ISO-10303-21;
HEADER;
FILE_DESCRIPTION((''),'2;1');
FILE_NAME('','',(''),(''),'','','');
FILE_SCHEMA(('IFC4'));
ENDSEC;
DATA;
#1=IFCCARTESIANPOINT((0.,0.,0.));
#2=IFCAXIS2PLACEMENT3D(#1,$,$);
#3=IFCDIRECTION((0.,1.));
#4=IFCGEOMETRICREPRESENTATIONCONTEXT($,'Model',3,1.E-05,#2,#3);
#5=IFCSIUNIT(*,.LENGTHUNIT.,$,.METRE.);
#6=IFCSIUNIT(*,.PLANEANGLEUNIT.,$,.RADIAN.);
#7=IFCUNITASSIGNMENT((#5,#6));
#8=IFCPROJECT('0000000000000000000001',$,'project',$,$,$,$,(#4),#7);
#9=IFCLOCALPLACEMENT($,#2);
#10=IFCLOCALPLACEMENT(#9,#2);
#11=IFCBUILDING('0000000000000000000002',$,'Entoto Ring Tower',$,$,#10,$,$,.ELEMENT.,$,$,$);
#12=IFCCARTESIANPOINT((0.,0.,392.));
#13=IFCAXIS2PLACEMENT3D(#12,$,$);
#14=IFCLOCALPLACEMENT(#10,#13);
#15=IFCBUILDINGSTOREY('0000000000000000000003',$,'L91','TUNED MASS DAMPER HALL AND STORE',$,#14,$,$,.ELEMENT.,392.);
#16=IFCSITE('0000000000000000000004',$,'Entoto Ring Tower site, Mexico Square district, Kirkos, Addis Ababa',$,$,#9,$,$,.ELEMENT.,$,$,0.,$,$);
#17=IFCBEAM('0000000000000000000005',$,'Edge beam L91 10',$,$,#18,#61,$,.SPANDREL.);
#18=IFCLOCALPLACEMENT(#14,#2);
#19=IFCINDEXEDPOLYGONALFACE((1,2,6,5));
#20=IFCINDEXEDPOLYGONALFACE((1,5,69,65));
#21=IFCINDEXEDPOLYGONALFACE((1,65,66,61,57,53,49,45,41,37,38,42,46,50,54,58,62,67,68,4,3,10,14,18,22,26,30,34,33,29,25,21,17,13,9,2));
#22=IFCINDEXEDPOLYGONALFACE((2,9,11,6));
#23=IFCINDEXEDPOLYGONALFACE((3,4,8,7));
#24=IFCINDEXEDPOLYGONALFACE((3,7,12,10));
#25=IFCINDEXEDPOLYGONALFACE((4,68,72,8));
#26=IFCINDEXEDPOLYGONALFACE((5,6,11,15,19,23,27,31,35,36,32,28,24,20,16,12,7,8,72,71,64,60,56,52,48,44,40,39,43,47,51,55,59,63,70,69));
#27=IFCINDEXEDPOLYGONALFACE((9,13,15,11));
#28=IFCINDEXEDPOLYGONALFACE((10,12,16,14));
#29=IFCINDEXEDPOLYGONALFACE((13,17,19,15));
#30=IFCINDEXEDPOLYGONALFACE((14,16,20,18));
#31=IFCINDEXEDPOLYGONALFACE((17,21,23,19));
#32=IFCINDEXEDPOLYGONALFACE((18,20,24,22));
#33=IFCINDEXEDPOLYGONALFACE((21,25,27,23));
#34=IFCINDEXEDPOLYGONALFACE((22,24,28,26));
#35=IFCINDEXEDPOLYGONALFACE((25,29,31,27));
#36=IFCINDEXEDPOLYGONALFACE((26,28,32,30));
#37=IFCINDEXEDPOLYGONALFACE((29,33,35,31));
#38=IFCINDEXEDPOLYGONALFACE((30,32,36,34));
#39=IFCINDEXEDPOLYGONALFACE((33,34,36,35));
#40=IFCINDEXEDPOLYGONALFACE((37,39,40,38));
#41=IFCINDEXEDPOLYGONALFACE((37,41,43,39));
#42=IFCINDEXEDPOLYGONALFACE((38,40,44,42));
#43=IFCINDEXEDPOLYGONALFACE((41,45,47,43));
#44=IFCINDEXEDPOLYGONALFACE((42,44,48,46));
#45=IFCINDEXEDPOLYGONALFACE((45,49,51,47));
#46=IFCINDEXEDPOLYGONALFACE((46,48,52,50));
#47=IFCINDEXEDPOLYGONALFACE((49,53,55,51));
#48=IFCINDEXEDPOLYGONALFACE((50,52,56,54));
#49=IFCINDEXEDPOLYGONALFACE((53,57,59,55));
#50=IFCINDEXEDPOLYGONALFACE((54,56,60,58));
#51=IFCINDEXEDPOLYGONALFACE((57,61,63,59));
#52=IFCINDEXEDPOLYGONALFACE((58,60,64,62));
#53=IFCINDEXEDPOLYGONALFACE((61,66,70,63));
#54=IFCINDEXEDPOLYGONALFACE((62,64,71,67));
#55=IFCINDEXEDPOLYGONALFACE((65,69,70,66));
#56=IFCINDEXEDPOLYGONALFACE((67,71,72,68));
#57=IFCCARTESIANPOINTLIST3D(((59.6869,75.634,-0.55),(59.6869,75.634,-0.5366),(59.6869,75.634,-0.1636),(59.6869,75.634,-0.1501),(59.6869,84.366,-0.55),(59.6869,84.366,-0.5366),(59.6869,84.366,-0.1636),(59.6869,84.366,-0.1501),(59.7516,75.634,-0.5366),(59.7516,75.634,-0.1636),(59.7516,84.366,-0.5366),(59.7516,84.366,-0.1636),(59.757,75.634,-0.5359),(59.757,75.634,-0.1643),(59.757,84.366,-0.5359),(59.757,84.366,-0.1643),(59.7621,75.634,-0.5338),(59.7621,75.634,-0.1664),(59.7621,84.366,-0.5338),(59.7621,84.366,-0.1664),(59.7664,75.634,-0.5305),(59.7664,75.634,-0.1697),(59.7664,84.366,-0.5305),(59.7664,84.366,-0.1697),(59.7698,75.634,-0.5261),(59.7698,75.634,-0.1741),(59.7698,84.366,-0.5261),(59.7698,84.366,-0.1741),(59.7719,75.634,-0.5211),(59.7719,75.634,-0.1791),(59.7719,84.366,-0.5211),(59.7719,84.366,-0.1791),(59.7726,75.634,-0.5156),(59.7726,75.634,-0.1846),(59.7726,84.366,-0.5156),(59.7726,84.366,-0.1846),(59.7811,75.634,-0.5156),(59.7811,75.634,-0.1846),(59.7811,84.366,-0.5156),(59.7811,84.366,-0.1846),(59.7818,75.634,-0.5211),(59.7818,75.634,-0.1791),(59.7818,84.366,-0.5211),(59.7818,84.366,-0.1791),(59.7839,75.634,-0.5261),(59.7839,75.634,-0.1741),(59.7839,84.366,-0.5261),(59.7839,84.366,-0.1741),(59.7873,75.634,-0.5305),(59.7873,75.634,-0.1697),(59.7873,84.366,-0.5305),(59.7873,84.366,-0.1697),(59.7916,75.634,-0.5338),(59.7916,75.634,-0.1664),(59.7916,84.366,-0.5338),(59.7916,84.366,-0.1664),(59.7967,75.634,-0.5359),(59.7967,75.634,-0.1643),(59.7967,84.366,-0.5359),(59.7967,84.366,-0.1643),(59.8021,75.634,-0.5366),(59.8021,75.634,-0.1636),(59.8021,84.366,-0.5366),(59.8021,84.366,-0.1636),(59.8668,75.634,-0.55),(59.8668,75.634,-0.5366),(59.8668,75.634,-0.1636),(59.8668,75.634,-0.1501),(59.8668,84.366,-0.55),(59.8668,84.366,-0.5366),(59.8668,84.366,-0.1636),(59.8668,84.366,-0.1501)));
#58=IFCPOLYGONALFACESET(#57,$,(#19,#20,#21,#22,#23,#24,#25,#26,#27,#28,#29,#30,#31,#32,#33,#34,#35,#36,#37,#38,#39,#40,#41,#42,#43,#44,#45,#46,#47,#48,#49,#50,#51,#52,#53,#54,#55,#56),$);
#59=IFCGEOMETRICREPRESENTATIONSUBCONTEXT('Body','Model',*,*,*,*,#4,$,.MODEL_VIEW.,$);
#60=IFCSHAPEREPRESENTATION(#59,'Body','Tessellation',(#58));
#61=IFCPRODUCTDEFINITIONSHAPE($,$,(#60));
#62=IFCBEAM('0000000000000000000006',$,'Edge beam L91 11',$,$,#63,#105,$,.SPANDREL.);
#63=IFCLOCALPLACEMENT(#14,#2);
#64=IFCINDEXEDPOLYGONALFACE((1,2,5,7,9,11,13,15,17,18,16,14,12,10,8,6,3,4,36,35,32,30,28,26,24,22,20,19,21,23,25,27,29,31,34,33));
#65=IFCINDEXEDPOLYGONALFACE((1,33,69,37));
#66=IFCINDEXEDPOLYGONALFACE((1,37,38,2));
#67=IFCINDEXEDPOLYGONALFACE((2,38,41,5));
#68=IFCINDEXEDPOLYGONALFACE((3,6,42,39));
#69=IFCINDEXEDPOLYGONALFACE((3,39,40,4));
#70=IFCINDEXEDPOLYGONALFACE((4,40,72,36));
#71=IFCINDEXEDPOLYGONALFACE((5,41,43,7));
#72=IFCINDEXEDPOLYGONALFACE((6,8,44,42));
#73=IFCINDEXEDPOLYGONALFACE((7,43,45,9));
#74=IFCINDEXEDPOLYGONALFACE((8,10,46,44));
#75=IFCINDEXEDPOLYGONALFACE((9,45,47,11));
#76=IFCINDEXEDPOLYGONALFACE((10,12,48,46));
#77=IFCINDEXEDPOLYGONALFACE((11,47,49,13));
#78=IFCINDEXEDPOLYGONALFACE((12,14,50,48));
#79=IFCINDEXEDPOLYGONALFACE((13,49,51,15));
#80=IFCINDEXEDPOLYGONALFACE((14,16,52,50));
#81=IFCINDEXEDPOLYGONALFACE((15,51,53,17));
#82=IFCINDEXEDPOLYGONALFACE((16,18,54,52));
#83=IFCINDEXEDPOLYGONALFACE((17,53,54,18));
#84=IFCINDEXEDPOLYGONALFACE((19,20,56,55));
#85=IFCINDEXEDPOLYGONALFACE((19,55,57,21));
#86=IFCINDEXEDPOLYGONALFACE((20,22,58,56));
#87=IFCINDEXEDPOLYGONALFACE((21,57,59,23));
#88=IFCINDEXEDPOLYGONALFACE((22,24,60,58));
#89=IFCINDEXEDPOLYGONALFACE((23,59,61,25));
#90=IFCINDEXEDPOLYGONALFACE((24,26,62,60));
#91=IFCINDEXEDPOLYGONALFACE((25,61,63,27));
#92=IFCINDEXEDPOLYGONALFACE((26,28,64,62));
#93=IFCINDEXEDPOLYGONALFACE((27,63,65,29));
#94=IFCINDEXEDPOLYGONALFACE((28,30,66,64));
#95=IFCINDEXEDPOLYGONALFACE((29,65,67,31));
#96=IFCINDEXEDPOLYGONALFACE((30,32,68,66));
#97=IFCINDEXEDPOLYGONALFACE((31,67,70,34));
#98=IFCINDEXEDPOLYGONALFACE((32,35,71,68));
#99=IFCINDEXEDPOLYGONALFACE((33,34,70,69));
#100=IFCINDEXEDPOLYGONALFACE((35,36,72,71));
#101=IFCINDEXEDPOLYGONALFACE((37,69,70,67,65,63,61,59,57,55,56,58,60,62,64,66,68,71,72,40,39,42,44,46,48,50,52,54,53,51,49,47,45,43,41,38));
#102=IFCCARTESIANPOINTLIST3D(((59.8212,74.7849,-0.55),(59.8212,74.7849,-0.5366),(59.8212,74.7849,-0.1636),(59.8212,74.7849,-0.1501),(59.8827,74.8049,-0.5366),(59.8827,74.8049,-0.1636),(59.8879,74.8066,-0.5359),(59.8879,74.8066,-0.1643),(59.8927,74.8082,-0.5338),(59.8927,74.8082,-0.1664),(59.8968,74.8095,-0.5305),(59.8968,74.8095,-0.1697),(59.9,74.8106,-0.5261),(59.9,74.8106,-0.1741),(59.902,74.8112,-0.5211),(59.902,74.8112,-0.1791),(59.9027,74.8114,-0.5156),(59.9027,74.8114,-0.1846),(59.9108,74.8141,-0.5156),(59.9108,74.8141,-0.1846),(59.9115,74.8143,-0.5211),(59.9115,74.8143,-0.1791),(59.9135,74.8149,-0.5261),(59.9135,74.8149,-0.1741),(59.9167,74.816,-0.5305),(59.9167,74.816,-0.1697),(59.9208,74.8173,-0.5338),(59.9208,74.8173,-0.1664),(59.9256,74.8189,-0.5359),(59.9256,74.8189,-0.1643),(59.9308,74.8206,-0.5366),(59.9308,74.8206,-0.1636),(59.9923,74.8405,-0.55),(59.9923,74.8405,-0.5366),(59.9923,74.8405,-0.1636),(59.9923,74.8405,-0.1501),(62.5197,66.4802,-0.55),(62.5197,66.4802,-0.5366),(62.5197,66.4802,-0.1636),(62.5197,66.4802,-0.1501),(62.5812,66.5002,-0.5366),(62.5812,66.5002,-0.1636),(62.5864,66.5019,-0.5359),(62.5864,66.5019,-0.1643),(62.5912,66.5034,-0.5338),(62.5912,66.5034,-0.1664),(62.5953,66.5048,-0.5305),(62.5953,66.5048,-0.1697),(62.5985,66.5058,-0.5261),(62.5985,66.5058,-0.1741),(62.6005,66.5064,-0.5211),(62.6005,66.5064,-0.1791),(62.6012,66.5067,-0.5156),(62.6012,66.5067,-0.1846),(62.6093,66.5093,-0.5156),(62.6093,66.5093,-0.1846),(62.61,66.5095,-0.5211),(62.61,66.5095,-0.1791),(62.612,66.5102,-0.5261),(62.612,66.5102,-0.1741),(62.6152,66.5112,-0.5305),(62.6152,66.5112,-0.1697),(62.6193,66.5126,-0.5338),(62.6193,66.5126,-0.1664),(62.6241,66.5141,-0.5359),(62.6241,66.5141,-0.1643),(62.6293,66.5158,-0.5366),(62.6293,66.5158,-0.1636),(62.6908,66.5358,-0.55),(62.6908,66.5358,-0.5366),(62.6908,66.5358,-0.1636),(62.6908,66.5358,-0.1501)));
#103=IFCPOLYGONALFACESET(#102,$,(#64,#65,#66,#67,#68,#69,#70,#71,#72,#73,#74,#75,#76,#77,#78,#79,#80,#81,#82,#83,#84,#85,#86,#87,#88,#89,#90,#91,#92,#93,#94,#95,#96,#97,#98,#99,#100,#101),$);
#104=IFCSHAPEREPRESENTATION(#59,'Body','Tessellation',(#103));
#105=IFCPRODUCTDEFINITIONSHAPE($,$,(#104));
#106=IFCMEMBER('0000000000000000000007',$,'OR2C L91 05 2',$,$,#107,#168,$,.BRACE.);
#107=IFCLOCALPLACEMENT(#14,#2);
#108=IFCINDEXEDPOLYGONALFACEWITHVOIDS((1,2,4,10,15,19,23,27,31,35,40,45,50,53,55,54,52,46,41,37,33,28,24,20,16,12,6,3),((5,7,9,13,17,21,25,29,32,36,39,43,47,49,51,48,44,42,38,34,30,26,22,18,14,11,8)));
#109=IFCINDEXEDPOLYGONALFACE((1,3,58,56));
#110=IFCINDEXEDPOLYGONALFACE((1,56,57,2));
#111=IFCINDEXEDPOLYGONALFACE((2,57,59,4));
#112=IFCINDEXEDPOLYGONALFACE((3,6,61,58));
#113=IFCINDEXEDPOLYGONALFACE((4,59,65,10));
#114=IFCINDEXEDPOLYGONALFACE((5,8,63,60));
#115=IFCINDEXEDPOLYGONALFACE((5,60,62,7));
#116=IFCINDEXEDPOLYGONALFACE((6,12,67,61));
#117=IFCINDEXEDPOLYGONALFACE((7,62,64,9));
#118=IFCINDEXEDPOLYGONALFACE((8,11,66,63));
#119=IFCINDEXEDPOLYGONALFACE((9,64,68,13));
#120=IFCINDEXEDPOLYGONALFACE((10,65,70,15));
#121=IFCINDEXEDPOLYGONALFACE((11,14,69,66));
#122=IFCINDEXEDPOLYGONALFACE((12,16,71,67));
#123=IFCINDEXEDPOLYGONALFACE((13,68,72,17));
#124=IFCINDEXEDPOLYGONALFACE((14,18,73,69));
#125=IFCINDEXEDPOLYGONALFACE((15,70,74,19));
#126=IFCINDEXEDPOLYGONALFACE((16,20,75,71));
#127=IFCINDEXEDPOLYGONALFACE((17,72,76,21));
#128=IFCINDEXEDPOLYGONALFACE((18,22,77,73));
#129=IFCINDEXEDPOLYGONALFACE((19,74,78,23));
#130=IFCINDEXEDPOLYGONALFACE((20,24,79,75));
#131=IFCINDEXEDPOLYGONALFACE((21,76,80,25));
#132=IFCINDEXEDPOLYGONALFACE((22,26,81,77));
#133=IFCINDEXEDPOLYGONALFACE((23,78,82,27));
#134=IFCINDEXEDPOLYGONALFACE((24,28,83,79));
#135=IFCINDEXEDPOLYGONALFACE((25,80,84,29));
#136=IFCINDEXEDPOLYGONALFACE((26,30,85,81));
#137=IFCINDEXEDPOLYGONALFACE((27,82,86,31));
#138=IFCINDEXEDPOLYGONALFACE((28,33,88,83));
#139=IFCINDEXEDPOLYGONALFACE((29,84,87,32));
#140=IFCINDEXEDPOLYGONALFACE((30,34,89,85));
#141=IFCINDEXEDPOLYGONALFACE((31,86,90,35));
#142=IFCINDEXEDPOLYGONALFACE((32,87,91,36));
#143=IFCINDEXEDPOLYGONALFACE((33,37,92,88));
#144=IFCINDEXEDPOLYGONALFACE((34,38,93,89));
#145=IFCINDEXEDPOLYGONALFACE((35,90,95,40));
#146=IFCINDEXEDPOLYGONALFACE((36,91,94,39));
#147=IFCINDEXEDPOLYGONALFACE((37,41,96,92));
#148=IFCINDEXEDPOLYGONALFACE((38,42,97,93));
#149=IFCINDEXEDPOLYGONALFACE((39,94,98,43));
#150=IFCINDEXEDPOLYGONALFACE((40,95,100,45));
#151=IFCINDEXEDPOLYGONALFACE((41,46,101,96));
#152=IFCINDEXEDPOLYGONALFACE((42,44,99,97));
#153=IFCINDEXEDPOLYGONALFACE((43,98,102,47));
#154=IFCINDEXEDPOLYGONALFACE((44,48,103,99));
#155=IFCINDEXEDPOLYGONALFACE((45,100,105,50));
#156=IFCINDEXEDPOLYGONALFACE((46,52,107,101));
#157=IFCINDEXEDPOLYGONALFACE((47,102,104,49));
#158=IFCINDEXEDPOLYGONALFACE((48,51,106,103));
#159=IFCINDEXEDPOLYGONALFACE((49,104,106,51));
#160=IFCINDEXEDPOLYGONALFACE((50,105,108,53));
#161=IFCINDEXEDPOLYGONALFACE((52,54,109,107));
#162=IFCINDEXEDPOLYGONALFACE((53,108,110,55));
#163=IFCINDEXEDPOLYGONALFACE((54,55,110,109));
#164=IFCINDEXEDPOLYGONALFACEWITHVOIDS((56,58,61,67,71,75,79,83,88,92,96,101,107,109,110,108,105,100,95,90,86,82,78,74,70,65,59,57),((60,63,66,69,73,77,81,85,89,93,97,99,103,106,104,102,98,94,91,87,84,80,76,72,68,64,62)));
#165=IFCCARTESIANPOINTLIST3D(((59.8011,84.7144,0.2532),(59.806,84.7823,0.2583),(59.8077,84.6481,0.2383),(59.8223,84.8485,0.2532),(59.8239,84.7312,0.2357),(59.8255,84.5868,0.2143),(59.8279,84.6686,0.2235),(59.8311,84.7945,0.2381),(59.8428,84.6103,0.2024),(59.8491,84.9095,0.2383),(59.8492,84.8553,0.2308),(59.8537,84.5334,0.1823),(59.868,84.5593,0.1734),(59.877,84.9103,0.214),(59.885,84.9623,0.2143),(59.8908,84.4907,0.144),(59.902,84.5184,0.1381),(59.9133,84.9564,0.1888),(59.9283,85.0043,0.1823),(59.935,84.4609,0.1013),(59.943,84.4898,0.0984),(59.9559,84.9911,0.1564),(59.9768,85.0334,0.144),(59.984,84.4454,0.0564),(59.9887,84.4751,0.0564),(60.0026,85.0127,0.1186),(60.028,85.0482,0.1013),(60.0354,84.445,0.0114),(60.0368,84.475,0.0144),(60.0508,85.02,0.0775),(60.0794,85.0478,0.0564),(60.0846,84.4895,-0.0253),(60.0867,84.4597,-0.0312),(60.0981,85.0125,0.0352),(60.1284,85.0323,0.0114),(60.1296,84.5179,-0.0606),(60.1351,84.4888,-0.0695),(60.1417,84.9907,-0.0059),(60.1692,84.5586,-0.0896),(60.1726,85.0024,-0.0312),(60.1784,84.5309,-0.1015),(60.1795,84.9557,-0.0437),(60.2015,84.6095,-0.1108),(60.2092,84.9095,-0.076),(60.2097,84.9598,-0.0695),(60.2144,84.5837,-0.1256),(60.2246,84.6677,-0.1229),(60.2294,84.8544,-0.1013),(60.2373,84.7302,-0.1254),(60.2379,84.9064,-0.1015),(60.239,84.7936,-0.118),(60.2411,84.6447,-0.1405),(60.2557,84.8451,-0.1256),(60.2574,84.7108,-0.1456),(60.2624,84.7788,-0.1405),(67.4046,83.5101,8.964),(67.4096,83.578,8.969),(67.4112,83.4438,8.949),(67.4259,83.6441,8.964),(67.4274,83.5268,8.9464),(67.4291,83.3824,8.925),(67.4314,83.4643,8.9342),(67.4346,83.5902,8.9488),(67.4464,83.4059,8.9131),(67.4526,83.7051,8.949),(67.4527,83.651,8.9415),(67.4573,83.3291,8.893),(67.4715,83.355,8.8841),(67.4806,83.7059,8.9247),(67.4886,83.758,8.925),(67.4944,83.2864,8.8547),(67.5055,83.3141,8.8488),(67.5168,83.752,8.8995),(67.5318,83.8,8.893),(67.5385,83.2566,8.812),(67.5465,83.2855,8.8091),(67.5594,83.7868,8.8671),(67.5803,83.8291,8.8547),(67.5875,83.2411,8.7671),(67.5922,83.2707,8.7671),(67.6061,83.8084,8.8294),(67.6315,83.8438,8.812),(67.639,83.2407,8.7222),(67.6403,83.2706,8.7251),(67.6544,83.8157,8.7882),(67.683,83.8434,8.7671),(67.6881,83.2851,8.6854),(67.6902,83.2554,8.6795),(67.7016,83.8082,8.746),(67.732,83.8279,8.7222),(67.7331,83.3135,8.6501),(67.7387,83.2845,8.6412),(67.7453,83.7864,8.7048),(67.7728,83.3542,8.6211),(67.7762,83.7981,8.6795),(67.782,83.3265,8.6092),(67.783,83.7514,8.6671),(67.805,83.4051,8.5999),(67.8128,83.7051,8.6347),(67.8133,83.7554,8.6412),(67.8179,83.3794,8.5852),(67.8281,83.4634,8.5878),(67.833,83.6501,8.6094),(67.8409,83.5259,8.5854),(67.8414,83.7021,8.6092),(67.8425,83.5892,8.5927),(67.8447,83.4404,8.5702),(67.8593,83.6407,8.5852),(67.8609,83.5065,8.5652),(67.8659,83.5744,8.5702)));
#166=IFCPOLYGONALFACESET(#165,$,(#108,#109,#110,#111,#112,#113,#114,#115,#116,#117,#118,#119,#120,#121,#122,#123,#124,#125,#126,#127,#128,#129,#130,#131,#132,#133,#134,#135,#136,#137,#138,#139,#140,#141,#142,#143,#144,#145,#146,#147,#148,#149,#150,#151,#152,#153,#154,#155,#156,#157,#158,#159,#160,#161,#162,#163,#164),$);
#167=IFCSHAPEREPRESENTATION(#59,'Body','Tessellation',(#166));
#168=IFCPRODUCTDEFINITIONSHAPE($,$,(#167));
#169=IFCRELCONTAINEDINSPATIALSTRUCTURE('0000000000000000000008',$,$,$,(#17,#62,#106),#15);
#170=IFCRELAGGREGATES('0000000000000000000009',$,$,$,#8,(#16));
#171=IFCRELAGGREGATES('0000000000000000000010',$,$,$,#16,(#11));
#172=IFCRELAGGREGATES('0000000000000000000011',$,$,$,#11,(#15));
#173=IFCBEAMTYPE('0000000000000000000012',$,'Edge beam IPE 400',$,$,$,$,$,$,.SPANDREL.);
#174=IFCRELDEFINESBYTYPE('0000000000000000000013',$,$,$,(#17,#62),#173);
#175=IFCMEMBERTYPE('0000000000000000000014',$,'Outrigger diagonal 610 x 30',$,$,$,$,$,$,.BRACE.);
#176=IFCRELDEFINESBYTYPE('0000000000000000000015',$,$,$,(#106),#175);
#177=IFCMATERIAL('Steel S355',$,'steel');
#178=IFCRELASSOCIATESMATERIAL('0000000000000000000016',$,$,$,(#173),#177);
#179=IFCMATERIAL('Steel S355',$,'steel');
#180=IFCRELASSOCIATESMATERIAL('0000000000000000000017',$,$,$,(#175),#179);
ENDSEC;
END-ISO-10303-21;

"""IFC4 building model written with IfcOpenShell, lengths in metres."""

from ifc_helpers import new_model, si_unit, direction, frame, origin, origin_2d, place, context, subcontext, project, spatial, circle, hollow_circle, i_section, extrude, material, material_profile, profile_set, type_object, element, save


model = new_model("IFC4")

# Units and contexts
model_context = context("Model", 3, precision=1e-05, world=origin(), true_north=direction((0.0, 1.0)))
body_context = subcontext(model_context, "Body", "Model", "MODEL_VIEW")
ifc_project = project(units=[si_unit("LENGTHUNIT", "METRE"), si_unit("PLANEANGLEUNIT", "RADIAN")], contexts=[model_context])

# Site, building, storey
site_placement = place(None, origin())
site = spatial("IfcSite", under=ifc_project, at=site_placement, Name="Entoto Ring Tower site, Mexico Square district, Kirkos, Addis Ababa", CompositionType="ELEMENT", RefElevation=0.0)
building_placement = place(site_placement, origin())
building = spatial("IfcBuilding", under=site, at=building_placement, Name="Entoto Ring Tower", CompositionType="ELEMENT")
storey_placement = place(building_placement, frame((0.0, 0.0, 392.0)))
storey = spatial("IfcBuildingStorey", under=building, at=storey_placement, Name="L91", Description="TUNED MASS DAMPER HALL AND STORE", CompositionType="ELEMENT", Elevation=392.0)

# Beams
ifc_material_1 = material(Name="Steel S355", Category="steel")
ifc_material_profile_1 = material_profile(ifc_material_1, i_section(OverallWidth=0.1799, OverallDepth=0.3999, WebThickness=0.0085, FlangeThickness=0.0134, FilletRadius=0.021, at=origin_2d()), Name="IPE 400")
ifc_profile_set_1 = profile_set([ifc_material_profile_1], Name="Steel S355")
beam_type = type_object("IfcBeamType", Name="Edge beam IPE 400", PredefinedType="SPANDREL", material=ifc_profile_set_1)
beam_1_placement = place(storey_placement, frame((59.7769, 84.366, -0.3501), z_axis=(0.0, -1.0, 0.0), x_axis=(1.0, 0.0, 0.0)))
element("IfcBeam", 1, at=beam_1_placement, inside=storey, type_object=beam_type, Name="Edge beam L91 10", PredefinedType="SPANDREL", context=body_context, shape_type="SweptSolid", body=[
    extrude(i_section(OverallWidth=0.1799, OverallDepth=0.3999, WebThickness=0.0085, FlangeThickness=0.0134, FilletRadius=0.021, at=origin_2d()), origin(), (0.0, 0.0, 1.0), 8.7319),
])
beam_2_placement = place(storey_placement, frame((59.9067, 74.8127, -0.3501), z_axis=(0.30903, -0.951052, 0.0), x_axis=(0.951052, 0.30903, 0.0)))
element("IfcBeam", 2, at=beam_2_placement, inside=storey, type_object=beam_type, Name="Edge beam L91 11", PredefinedType="SPANDREL", context=body_context, shape_type="SweptSolid", body=[
    extrude(i_section(OverallWidth=0.1799, OverallDepth=0.3999, WebThickness=0.0085, FlangeThickness=0.0134, FilletRadius=0.021, at=origin_2d()), origin(), (0.0, 0.0, 1.0), 8.7322),
])

# Member
ifc_material_2 = material(Name="Steel S355", Category="steel")
ifc_material_profile_2 = material_profile(ifc_material_2, hollow_circle(Radius=0.3049, WallThickness=0.03, at=origin_2d()), Name="CHS 610 x 30")
ifc_material_3 = material(Name="Concrete C60/75", Category="concrete")
ifc_material_profile_3 = material_profile(ifc_material_3, circle(Radius=0.2749, at=origin_2d()), Name="Concrete C60/75 infill")
ifc_profile_set_2 = profile_set([ifc_material_profile_2, ifc_material_profile_3], Name="Steel S355")
member_type_1 = type_object("IfcMemberType", Name="Outrigger diagonal 610 x 30", PredefinedType="BRACE", material=ifc_profile_set_2)
member_1_placement = place(storey_placement, frame((67.6353, 83.5422, 8.7671), z_axis=(-0.654067, 0.1036, -0.749308), x_axis=(-0.156443, -0.987687, 0.0)))
element("IfcMember", 3, at=member_1_placement, inside=storey, type_object=member_type_1, Name="OR2C L91 05 2", PredefinedType="BRACE", context=body_context, shape_type="SweptSolid", body=[
    extrude(hollow_circle(Radius=0.3049, WallThickness=0.03, at=origin_2d()), origin(), (0.0, 0.0, 1.0), 11.625),
])

save(model, "model.ifc")
